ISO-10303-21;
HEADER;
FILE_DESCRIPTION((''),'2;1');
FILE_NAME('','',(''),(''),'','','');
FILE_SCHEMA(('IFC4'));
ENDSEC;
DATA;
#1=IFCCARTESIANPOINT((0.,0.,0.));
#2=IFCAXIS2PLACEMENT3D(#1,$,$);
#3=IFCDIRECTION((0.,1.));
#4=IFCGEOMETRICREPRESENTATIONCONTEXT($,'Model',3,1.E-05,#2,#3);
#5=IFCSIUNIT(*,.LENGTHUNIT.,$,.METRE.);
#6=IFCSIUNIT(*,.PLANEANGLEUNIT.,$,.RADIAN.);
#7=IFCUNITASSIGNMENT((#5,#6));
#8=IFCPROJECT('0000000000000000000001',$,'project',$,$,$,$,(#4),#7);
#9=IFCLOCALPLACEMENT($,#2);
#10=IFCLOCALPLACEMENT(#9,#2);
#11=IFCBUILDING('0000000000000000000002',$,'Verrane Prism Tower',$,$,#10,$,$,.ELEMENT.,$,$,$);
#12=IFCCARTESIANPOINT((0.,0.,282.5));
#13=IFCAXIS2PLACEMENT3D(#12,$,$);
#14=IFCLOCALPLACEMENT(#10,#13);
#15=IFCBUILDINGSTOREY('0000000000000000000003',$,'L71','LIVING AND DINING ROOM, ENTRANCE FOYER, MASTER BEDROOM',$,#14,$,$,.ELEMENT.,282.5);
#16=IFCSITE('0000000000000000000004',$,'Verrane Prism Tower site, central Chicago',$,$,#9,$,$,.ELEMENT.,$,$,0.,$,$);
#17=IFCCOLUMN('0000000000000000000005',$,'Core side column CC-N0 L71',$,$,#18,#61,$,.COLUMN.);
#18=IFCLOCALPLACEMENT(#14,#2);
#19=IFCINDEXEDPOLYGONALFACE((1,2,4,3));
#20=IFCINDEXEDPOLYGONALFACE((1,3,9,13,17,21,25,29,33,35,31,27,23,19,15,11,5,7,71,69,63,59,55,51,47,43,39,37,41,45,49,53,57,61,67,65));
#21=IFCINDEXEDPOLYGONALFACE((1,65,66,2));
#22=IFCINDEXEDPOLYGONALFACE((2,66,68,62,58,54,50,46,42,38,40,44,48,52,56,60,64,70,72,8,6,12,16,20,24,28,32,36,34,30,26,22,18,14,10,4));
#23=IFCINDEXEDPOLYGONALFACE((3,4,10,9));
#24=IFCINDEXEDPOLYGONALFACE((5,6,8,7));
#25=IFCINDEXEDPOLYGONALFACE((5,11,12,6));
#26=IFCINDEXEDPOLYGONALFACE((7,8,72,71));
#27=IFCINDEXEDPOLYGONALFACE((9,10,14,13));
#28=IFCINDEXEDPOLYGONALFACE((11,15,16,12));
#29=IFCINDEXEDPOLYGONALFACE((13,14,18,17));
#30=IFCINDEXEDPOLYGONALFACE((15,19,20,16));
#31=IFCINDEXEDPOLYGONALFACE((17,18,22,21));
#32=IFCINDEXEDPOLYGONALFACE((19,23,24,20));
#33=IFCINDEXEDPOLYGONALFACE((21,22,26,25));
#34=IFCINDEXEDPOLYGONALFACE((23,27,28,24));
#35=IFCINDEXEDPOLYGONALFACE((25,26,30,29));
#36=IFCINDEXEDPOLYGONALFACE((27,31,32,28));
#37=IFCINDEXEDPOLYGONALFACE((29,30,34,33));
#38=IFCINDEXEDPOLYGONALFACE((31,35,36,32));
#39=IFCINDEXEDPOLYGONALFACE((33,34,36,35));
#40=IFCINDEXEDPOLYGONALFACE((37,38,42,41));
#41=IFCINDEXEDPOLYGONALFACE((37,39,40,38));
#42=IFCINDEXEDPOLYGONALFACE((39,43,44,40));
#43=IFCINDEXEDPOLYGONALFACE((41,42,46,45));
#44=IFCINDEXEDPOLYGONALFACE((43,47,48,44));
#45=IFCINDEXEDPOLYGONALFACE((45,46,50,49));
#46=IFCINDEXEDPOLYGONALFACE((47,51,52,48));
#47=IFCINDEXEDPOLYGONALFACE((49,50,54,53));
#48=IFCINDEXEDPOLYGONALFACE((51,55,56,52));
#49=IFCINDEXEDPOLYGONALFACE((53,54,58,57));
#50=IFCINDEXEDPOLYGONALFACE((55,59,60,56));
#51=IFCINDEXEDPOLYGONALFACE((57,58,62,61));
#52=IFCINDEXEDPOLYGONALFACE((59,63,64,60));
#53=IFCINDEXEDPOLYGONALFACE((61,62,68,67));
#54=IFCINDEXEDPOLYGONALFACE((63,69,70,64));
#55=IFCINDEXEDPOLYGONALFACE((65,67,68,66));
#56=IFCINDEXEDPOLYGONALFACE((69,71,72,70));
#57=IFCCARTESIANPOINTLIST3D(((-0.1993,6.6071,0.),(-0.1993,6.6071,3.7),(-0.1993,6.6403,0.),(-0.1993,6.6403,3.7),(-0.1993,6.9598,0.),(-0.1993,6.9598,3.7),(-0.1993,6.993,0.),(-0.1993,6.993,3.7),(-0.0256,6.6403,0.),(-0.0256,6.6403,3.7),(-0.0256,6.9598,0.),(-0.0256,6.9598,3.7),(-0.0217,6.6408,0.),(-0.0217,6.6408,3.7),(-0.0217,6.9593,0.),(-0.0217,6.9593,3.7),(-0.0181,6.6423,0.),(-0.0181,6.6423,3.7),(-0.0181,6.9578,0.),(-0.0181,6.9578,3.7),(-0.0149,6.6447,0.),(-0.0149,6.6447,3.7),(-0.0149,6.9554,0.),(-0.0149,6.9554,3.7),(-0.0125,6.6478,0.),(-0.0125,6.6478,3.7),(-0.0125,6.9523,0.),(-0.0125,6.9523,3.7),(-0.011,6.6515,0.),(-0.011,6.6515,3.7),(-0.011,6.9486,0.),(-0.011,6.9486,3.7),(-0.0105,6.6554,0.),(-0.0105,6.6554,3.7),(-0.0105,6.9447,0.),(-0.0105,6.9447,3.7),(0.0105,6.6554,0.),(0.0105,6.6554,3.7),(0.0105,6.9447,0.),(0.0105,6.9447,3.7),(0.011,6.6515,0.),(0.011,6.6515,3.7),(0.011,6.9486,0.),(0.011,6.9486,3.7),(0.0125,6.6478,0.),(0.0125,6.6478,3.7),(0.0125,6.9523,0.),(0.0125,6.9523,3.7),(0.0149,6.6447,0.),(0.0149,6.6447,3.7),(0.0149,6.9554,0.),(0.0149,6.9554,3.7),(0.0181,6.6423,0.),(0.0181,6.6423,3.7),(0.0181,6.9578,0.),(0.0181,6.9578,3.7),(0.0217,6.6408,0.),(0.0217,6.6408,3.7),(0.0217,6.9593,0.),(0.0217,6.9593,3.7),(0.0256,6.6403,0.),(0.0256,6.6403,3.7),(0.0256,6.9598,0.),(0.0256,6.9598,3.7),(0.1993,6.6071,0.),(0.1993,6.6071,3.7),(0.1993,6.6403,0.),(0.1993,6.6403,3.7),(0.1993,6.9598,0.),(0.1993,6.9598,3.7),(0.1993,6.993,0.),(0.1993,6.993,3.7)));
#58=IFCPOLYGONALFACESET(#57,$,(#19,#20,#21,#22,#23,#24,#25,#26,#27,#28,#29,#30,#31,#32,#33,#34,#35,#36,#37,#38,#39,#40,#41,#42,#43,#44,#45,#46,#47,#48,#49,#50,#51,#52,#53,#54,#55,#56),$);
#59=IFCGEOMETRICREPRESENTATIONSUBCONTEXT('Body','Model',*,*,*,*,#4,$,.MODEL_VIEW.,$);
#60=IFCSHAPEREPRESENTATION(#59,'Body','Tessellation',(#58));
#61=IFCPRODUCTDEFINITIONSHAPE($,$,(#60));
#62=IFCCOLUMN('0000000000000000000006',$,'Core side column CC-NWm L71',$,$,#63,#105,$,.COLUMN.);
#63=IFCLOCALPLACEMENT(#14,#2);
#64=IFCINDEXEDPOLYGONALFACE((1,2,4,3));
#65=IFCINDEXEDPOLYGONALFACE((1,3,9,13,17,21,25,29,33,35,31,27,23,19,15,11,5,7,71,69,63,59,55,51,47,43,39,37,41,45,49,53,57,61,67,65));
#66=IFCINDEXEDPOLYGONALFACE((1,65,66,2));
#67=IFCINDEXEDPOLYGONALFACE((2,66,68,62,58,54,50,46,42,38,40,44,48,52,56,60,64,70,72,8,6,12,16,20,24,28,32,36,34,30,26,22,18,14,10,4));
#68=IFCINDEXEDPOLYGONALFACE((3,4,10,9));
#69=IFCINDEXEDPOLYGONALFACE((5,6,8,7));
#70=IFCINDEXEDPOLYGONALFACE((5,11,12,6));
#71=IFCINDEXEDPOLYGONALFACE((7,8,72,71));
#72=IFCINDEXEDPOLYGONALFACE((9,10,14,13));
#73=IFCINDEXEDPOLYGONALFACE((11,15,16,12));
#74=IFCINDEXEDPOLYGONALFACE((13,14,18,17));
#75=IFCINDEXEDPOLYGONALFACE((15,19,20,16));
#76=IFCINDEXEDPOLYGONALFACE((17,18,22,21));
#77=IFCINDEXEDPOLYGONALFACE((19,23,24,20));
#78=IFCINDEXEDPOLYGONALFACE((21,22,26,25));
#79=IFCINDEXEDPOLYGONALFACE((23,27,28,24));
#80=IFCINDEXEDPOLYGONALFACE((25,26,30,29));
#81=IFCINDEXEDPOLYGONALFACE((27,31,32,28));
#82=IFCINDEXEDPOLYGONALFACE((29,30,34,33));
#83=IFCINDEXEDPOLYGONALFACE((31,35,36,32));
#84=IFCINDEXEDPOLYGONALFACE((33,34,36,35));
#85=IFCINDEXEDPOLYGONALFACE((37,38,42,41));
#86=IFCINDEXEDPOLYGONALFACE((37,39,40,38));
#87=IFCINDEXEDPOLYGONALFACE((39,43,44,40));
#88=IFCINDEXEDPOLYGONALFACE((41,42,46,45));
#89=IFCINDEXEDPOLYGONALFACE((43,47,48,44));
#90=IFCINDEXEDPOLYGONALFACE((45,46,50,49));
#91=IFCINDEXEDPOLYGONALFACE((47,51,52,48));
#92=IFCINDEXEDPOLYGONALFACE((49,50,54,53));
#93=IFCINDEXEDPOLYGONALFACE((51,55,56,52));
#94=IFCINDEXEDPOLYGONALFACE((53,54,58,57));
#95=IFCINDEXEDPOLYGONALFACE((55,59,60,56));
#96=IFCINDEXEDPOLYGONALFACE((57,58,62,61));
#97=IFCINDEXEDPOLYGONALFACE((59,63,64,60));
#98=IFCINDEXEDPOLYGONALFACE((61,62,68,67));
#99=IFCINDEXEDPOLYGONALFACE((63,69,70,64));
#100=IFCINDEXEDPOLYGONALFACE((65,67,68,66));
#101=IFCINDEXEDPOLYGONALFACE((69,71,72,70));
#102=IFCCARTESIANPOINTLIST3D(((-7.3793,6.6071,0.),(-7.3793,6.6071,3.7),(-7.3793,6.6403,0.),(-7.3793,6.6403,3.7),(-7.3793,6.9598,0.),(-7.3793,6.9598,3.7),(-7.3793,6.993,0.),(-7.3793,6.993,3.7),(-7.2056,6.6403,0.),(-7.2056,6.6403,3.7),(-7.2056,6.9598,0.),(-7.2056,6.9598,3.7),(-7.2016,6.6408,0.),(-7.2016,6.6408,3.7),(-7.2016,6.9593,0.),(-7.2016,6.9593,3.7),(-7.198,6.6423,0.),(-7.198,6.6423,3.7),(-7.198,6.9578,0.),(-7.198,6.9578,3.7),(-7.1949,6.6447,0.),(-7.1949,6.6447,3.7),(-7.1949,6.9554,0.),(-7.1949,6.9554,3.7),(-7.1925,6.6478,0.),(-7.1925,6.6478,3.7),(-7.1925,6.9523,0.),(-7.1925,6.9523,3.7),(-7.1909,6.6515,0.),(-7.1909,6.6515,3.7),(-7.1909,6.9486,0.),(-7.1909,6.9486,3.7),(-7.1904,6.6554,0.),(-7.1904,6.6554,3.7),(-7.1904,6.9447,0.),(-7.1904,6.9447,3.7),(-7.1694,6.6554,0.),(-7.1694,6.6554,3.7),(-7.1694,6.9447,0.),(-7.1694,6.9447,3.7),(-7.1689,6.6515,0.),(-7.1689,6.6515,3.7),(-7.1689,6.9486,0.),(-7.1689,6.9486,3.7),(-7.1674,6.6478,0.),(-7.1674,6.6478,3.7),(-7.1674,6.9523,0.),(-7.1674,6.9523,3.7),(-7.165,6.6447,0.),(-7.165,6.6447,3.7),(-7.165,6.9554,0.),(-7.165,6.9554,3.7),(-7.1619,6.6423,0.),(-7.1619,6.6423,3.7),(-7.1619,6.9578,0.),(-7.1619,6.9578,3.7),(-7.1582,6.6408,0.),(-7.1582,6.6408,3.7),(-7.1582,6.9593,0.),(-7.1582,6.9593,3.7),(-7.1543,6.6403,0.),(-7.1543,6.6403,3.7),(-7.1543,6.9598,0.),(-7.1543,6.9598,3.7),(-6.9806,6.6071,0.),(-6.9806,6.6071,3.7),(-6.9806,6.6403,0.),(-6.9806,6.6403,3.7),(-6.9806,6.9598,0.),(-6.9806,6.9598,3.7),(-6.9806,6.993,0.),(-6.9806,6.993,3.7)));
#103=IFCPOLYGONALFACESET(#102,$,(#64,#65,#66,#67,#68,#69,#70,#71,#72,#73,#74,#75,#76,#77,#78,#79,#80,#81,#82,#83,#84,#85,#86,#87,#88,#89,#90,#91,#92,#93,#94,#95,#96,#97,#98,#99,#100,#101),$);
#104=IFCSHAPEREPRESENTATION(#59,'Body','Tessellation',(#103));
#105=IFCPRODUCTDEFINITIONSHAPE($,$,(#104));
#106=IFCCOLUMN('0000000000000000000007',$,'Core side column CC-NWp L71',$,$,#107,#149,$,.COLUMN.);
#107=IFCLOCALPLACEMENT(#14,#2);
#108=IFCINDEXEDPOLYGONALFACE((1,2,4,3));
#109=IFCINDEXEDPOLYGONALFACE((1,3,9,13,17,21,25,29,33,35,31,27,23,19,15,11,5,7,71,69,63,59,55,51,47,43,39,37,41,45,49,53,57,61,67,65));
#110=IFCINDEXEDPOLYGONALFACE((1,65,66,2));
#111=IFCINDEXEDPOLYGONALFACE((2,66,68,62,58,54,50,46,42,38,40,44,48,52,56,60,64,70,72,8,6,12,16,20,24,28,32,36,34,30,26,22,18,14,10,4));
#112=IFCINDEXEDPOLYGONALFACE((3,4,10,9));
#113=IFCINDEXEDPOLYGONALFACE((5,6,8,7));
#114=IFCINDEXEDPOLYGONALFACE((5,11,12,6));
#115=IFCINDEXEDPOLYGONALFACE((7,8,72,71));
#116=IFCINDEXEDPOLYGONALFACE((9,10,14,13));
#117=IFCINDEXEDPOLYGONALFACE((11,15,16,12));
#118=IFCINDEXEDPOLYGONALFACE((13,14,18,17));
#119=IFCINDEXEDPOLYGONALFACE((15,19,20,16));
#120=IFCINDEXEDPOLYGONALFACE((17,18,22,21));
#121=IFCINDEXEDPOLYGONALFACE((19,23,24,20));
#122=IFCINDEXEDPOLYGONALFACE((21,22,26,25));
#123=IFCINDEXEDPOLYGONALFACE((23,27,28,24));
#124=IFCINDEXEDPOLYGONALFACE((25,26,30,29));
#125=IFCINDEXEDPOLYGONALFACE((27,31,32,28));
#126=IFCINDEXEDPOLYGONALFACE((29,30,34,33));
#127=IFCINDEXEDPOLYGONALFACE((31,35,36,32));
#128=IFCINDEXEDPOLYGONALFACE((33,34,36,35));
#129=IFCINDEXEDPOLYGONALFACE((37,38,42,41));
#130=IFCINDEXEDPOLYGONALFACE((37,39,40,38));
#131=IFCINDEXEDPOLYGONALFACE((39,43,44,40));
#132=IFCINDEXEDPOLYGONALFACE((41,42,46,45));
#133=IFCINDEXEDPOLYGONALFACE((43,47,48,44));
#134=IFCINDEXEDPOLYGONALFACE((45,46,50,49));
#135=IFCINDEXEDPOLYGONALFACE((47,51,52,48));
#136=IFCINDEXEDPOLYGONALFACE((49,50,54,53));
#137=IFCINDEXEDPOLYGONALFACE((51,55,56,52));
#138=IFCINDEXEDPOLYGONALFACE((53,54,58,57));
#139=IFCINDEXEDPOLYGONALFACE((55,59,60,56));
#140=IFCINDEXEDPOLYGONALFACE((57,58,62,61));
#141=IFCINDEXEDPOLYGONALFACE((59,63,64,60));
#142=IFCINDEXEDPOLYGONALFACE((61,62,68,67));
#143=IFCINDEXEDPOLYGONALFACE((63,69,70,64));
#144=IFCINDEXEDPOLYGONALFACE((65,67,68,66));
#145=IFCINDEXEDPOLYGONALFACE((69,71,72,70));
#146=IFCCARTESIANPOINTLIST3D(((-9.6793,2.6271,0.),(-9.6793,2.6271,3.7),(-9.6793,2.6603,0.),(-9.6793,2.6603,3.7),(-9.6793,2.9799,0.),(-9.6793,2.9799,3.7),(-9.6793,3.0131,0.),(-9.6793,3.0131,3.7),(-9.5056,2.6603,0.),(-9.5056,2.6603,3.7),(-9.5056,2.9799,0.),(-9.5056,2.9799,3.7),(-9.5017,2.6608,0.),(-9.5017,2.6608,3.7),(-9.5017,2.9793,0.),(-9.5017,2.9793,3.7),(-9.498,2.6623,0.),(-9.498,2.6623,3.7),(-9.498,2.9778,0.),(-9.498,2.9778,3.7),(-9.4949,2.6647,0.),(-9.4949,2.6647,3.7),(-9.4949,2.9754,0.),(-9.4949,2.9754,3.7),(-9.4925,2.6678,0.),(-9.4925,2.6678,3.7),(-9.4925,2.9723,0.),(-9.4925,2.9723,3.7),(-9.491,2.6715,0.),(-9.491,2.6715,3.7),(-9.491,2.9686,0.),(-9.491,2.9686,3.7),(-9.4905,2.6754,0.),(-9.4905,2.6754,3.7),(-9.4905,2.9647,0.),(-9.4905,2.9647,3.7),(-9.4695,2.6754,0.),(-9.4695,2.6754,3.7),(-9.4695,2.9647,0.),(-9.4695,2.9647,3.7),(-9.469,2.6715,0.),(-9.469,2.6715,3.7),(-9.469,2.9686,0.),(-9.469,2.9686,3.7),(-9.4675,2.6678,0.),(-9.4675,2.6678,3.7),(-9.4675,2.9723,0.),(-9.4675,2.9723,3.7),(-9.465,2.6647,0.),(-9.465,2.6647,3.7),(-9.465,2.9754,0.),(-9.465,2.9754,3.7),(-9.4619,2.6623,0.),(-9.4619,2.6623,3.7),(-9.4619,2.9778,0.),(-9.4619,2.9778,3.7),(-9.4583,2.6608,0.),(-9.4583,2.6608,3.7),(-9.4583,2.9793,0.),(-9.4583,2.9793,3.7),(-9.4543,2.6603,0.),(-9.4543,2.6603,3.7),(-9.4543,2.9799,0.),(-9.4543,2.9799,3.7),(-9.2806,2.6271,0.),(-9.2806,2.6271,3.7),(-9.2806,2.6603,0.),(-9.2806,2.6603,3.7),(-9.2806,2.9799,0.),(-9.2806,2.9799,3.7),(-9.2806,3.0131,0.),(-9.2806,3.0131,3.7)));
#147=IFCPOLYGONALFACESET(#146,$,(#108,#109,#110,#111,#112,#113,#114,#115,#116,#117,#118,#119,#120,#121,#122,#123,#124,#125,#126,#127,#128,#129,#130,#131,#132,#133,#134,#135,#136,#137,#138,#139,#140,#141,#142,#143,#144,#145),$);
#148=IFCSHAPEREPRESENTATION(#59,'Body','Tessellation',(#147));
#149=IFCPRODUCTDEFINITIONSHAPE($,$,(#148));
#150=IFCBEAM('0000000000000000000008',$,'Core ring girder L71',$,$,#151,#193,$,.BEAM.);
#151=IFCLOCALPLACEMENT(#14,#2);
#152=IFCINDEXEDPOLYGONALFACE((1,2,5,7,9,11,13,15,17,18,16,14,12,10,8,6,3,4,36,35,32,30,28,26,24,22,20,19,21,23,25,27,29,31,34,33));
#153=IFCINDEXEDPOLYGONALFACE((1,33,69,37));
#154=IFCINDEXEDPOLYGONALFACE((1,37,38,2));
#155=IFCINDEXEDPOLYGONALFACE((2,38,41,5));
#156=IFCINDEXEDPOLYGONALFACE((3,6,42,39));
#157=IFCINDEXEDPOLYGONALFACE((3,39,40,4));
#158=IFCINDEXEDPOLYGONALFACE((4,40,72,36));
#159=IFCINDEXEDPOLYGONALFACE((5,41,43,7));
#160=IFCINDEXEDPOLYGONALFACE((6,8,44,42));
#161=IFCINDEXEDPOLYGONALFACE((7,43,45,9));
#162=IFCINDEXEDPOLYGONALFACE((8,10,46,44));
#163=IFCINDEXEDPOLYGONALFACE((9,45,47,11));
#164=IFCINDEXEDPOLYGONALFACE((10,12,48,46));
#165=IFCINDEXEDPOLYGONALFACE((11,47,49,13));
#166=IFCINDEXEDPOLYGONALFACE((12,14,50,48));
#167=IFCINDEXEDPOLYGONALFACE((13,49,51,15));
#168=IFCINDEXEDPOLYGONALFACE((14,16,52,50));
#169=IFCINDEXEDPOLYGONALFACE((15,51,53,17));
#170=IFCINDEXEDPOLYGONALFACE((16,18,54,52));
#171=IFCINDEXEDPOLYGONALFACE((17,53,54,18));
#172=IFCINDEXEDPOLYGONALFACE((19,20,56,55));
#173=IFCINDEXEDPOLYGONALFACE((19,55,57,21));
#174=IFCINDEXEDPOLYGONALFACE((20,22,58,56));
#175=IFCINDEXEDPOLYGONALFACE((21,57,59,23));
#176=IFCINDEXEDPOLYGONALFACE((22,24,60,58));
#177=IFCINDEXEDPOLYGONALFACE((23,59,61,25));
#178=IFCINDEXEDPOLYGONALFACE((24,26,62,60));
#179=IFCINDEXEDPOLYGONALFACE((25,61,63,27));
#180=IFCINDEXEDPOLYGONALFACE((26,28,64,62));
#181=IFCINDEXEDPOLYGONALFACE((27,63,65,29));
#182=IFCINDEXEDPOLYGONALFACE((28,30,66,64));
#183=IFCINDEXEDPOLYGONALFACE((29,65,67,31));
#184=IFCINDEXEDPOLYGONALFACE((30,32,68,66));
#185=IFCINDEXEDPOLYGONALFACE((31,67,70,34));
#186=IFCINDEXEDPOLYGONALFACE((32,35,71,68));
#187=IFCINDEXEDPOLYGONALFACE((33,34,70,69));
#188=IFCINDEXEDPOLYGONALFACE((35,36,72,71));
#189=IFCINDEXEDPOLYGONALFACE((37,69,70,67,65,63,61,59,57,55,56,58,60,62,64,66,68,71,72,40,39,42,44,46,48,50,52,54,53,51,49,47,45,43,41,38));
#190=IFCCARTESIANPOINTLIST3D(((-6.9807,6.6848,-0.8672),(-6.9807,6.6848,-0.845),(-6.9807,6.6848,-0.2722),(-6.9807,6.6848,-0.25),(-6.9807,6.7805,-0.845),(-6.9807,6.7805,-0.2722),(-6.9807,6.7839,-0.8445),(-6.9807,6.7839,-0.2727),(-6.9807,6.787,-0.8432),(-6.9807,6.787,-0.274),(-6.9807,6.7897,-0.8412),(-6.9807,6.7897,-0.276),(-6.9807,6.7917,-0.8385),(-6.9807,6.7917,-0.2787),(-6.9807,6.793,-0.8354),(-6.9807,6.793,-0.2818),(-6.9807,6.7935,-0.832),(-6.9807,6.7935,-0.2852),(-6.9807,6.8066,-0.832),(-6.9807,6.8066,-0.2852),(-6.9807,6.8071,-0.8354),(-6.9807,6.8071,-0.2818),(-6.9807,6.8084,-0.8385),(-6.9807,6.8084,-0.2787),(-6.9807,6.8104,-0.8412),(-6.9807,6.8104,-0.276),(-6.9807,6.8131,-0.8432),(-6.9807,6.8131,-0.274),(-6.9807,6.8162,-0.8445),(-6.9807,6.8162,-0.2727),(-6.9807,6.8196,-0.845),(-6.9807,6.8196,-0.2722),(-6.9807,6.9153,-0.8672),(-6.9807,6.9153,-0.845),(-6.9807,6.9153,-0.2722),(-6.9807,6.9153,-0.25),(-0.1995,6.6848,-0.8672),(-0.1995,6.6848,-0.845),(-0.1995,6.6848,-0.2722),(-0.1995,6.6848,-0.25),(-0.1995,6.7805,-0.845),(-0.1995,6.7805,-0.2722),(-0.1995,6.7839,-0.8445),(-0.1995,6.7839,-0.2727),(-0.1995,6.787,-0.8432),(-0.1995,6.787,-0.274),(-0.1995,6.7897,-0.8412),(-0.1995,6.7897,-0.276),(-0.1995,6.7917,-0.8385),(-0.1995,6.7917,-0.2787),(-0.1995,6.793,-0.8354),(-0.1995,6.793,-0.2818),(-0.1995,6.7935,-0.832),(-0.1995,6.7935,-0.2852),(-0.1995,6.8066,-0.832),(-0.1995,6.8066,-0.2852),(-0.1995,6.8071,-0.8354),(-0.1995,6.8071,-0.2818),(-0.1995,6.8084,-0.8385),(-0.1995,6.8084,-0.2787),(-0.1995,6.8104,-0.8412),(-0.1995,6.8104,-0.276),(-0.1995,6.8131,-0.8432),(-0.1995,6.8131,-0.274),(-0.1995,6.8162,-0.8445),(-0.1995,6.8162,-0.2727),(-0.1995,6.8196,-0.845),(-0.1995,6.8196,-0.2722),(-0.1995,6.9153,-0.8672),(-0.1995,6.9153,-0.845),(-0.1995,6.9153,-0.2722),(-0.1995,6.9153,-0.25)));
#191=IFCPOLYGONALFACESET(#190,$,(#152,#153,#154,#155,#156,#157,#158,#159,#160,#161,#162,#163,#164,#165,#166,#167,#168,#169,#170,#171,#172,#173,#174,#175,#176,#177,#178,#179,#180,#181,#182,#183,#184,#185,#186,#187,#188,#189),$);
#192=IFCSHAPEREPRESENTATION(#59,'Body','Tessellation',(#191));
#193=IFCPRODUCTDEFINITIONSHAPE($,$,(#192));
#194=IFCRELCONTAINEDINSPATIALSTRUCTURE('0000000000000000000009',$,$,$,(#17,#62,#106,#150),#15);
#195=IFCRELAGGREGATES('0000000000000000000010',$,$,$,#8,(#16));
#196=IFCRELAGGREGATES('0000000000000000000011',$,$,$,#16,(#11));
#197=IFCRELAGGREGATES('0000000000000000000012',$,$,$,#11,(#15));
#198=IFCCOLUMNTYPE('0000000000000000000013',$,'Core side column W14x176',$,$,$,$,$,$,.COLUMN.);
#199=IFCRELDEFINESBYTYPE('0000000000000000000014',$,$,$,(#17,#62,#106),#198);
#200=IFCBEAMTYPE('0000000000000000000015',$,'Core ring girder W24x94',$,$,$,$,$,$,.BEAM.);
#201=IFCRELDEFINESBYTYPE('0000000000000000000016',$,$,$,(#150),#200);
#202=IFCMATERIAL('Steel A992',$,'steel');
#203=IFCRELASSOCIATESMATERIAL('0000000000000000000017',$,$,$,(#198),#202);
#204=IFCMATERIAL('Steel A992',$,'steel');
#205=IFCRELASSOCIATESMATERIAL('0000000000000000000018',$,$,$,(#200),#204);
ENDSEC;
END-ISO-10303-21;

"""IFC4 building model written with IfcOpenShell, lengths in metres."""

from ifc_helpers import new_model, si_unit, direction, frame, origin, origin_2d, place, context, subcontext, project, spatial, i_section, extrude, material, material_profile, profile_set, type_object, element, save


model = new_model("IFC4")

# Units and contexts
model_context = context("Model", 3, precision=1e-05, world=origin(), true_north=direction((0.0, 1.0)))
body_context = subcontext(model_context, "Body", "Model", "MODEL_VIEW")
ifc_project = project(units=[si_unit("LENGTHUNIT", "METRE"), si_unit("PLANEANGLEUNIT", "RADIAN")], contexts=[model_context])

# Site, building, storey
site_placement = place(None, origin())
site = spatial("IfcSite", under=ifc_project, at=site_placement, Name="Verrane Prism Tower site, central Chicago", CompositionType="ELEMENT", RefElevation=0.0)
building_placement = place(site_placement, origin())
building = spatial("IfcBuilding", under=site, at=building_placement, Name="Verrane Prism Tower", CompositionType="ELEMENT")
storey_placement = place(building_placement, frame((0.0, 0.0, 282.5)))
storey = spatial("IfcBuildingStorey", under=building, at=storey_placement, Name="L71", Description="LIVING AND DINING ROOM, ENTRANCE FOYER, MASTER BEDROOM", CompositionType="ELEMENT", Elevation=282.5)

# Columns
ifc_material_1 = material(Name="Steel A992", Category="steel")
ifc_material_profile_1 = material_profile(ifc_material_1, i_section(OverallWidth=0.3987, OverallDepth=0.386, WebThickness=0.021, FlangeThickness=0.0332, FilletRadius=0.0151, at=origin_2d()), Name="W14x176")
ifc_profile_set_1 = profile_set([ifc_material_profile_1], Name="Steel A992")
column_type = type_object("IfcColumnType", Name="Core side column W14x176", PredefinedType="COLUMN", material=ifc_profile_set_1)
for number, where, z_axis, x_axis, name in (
    (1, (0.0, 6.8, 0.0), (0.0, 0.0, 1.0), (1.0, 0.0, 0.0), "Core side column CC-N0 L71"),
    (2, (-7.1799, 6.8, 0.0), (0.0, 0.0, 1.0), (1.0, 0.0, 0.0), "Core side column CC-NWm L71"),
    (3, (-9.48, 2.8201, 0.0), (0.0, 0.0, 1.0), (1.0, 0.0, 0.0), "Core side column CC-NWp L71"),
):
    element("IfcColumn", number, at=place(storey_placement, frame(where, z_axis=z_axis, x_axis=x_axis)), inside=storey, type_object=column_type, Name=name, PredefinedType="COLUMN", context=body_context, shape_type="SweptSolid", body=[
        extrude(i_section(OverallWidth=0.3987, OverallDepth=0.386, WebThickness=0.021, FlangeThickness=0.0332, FilletRadius=0.0151, at=origin_2d()), origin(), (0.0, 0.0, 1.0), 3.7),
    ])

# Beam
ifc_material_2 = material(Name="Steel A992", Category="steel")
ifc_material_profile_2 = material_profile(ifc_material_2, i_section(OverallWidth=0.2305, OverallDepth=0.6172, WebThickness=0.0132, FlangeThickness=0.0222, FilletRadius=0.0129, at=origin_2d()), Name="W24x94")
ifc_profile_set_2 = profile_set([ifc_material_profile_2], Name="Steel A992")
beam_type = type_object("IfcBeamType", Name="Core ring girder W24x94", PredefinedType="BEAM", material=ifc_profile_set_2)
beam_1_placement = place(storey_placement, frame((-0.1995, 6.8, -0.5586), z_axis=(-1.0, 0.0, 0.0), x_axis=(0.0, -1.0, 0.0)))
element("IfcBeam", 4, at=beam_1_placement, inside=storey, type_object=beam_type, Name="Core ring girder L71", PredefinedType="BEAM", context=body_context, shape_type="SweptSolid", body=[
    extrude(i_section(OverallWidth=0.2305, OverallDepth=0.6172, WebThickness=0.0132, FlangeThickness=0.0222, FilletRadius=0.0129, at=origin_2d()), origin(), (0.0, 0.0, 1.0), 6.7812),
])

save(model, "model.ifc")
